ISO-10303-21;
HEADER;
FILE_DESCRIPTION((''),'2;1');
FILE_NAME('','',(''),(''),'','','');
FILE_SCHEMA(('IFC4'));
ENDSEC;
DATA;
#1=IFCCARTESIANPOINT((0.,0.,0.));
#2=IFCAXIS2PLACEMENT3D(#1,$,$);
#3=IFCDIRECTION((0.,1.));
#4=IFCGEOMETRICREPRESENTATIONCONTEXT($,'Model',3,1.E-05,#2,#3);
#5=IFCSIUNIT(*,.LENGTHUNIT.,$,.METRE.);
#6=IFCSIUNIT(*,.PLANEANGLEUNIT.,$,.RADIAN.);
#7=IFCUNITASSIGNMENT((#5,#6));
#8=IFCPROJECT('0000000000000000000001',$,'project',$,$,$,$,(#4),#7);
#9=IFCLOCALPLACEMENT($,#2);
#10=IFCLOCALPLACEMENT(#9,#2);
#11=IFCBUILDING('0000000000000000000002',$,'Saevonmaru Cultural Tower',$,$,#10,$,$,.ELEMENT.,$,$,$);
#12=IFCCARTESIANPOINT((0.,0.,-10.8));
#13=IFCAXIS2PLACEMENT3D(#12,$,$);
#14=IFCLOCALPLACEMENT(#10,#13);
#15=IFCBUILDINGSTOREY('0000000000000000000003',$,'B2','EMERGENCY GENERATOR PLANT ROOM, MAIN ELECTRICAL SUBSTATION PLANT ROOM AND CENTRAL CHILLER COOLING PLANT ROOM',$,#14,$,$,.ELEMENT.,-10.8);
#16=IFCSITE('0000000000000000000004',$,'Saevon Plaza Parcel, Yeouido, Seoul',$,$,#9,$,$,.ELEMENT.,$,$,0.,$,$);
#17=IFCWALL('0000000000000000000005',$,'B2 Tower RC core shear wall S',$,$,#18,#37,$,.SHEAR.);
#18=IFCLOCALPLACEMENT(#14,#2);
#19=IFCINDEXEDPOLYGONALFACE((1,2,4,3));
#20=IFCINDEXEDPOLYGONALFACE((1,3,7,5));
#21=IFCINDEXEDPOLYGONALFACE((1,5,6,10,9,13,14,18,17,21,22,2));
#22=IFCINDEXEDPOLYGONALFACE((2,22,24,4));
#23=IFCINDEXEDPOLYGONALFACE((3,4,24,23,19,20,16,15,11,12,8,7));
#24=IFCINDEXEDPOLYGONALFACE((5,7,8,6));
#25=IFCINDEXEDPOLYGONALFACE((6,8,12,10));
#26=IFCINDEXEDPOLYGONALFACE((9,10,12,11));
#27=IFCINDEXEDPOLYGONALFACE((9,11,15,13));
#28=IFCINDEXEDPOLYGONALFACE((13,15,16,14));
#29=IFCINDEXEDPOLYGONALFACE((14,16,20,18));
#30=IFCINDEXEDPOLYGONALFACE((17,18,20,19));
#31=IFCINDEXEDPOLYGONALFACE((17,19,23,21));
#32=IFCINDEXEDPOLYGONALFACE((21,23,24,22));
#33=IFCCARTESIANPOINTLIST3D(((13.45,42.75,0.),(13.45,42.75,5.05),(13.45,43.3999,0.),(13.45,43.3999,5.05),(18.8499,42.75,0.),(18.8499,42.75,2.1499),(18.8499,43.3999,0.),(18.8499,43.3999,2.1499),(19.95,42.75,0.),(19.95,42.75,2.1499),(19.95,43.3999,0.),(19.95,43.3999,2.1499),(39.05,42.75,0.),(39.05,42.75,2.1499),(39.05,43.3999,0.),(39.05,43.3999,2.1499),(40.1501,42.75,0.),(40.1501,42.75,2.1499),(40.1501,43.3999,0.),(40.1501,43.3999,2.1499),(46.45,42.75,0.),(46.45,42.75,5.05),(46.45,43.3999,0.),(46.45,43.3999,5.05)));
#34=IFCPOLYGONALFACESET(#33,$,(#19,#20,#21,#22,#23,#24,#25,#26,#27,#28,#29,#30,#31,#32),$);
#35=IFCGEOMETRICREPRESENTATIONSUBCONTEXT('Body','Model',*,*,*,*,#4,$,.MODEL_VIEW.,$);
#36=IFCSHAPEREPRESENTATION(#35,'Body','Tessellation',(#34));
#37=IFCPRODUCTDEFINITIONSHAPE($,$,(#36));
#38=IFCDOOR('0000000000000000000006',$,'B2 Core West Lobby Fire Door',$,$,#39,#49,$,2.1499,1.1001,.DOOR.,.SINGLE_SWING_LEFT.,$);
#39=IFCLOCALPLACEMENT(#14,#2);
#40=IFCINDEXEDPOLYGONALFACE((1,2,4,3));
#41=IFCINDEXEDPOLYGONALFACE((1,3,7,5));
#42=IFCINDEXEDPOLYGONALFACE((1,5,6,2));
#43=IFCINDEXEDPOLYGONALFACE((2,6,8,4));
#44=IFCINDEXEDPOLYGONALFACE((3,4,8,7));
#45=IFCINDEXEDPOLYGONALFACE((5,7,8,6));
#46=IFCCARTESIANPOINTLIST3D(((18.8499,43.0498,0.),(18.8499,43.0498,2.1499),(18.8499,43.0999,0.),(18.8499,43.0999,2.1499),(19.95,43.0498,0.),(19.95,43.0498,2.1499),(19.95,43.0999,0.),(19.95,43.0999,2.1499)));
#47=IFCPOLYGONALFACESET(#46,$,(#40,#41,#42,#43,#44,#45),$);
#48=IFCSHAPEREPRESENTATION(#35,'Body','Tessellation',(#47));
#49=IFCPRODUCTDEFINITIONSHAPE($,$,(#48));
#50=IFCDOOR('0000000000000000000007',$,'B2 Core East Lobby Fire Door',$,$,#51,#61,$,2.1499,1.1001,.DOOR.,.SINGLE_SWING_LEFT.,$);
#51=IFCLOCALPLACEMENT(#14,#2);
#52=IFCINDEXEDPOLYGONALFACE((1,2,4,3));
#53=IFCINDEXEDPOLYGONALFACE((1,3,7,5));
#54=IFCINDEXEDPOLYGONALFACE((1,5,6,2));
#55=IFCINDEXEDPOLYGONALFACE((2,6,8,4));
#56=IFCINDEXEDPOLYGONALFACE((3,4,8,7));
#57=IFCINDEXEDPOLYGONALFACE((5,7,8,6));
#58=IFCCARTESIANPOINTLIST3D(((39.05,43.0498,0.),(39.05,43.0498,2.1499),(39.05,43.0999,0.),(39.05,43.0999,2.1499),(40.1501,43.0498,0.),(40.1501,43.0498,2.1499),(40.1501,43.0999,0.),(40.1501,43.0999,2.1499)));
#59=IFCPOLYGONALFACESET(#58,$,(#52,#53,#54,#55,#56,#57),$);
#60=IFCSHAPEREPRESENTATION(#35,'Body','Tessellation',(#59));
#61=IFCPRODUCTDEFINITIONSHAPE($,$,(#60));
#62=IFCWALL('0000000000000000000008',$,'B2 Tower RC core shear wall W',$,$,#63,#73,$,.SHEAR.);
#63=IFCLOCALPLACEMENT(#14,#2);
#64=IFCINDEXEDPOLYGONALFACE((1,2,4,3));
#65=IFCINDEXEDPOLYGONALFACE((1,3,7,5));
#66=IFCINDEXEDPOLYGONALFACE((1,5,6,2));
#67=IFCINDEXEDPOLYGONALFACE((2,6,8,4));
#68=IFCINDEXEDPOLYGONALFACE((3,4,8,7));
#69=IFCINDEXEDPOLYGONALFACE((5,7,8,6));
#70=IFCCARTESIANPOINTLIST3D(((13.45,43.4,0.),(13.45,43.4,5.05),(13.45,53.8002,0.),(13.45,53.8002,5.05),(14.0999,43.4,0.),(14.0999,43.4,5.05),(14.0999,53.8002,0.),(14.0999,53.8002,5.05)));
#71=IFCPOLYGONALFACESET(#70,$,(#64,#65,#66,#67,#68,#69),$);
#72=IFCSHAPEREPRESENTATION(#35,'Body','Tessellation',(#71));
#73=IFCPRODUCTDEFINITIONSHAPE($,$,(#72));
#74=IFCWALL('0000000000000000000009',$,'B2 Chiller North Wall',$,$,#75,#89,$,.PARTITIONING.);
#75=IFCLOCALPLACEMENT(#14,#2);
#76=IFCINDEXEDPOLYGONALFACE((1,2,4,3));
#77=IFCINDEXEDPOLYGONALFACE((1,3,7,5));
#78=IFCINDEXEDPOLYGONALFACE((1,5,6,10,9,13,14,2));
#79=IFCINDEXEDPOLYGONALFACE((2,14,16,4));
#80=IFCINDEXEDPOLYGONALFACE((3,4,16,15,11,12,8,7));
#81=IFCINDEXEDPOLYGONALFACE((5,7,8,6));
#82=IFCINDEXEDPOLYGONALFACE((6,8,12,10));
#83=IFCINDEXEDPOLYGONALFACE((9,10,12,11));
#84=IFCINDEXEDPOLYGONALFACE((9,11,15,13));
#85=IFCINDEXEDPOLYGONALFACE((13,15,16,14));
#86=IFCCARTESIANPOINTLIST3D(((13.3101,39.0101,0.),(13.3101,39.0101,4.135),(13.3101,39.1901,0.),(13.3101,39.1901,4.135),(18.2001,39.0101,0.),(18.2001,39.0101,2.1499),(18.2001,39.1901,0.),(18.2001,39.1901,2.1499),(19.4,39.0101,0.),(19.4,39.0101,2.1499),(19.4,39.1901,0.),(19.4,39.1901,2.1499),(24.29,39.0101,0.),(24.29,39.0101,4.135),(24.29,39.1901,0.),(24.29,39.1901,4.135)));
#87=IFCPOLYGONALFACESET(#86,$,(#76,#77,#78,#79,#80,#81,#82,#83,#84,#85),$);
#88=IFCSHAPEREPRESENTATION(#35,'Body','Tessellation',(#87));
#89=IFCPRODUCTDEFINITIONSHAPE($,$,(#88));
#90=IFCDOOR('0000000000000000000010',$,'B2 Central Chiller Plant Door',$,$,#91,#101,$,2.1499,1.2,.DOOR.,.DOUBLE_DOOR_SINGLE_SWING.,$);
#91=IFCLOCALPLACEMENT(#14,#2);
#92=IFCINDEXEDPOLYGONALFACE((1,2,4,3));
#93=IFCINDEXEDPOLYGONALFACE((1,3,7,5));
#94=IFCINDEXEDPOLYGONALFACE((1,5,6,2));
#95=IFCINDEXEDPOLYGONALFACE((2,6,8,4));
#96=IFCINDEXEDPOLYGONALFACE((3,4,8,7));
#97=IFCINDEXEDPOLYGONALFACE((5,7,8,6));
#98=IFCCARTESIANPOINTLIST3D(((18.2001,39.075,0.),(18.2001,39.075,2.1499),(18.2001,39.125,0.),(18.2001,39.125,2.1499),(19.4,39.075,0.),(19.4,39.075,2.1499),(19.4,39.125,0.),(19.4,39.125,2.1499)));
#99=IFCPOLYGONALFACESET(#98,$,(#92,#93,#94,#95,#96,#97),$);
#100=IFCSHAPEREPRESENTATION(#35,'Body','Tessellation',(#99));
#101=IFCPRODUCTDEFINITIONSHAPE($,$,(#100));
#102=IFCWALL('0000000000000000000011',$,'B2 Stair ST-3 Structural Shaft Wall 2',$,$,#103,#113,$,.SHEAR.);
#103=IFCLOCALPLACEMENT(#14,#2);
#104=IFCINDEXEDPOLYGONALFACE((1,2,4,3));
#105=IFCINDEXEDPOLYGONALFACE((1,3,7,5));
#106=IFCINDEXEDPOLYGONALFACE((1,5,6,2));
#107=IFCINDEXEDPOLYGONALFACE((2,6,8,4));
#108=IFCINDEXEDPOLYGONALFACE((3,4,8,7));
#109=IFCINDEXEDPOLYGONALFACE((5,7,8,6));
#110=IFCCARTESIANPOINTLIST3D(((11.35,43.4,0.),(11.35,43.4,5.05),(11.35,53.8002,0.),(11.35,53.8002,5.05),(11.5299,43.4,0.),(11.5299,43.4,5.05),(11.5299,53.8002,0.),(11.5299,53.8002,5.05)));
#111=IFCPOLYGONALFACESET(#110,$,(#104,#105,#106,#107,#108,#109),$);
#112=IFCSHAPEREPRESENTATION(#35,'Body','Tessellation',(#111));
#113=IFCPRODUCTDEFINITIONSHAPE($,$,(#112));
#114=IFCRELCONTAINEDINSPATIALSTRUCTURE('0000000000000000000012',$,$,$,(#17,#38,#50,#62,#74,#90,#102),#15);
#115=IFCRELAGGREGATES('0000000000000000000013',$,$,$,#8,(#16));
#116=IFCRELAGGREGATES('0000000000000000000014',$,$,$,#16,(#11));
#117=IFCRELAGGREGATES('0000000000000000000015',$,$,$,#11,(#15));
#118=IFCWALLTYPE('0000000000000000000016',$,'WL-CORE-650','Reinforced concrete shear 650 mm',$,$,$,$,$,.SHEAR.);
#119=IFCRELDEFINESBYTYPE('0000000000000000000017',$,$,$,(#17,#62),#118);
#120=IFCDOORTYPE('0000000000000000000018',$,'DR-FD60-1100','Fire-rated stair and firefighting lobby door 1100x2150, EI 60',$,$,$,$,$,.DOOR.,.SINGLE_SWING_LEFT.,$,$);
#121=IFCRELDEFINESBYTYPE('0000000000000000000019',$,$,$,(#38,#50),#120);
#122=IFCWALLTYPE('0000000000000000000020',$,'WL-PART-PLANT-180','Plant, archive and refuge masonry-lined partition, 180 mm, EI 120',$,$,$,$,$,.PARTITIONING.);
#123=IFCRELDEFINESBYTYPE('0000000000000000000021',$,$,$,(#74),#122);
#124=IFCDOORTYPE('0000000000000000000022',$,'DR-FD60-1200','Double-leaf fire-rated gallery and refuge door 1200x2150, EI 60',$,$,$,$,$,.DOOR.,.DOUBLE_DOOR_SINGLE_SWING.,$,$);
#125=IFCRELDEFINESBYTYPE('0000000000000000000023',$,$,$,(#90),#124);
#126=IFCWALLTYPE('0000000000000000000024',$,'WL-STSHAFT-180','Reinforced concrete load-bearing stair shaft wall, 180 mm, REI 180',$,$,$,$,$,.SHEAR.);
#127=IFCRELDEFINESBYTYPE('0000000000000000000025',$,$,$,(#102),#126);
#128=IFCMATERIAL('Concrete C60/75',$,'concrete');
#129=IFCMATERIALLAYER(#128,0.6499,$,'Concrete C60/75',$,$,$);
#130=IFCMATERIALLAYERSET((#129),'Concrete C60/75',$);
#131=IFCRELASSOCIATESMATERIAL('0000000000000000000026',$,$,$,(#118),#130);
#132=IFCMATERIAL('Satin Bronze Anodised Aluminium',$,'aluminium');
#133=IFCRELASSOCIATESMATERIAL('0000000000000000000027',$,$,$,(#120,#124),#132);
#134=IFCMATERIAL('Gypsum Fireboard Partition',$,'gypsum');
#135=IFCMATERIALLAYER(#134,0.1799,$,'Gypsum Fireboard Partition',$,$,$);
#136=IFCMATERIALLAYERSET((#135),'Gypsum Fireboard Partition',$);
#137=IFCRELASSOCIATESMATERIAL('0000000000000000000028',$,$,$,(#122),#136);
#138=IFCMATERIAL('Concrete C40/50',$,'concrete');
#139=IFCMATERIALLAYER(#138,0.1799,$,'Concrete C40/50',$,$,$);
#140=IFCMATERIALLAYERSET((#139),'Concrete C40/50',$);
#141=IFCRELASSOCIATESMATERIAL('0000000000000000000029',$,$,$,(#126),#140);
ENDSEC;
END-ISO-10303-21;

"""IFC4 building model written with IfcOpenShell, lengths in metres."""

from ifc_helpers import new_model, si_unit, direction, frame, frame_2d, origin, place, context, subcontext, project, spatial, rectangle, extrude, material, layer, layer_set, type_object, element, fill, save


model = new_model("IFC4")

# Units and contexts
model_context = context("Model", 3, precision=1e-05, world=origin(), true_north=direction((0.0, 1.0)))
body_context = subcontext(model_context, "Body", "Model", "MODEL_VIEW")
ifc_project = project(units=[si_unit("LENGTHUNIT", "METRE"), si_unit("PLANEANGLEUNIT", "RADIAN")], contexts=[model_context])

# Site, building, storey
site_placement = place(None, origin())
site = spatial("IfcSite", under=ifc_project, at=site_placement, Name="Saevon Plaza Parcel, Yeouido, Seoul", CompositionType="ELEMENT", RefElevation=0.0)
building_placement = place(site_placement, origin())
building = spatial("IfcBuilding", under=site, at=building_placement, Name="Saevonmaru Cultural Tower", CompositionType="ELEMENT")
storey_placement = place(building_placement, frame((0.0, 0.0, -10.8)))
storey = spatial("IfcBuildingStorey", under=building, at=storey_placement, Name="B2", Description="EMERGENCY GENERATOR PLANT ROOM, MAIN ELECTRICAL SUBSTATION PLANT ROOM AND CENTRAL CHILLER COOLING PLANT ROOM", CompositionType="ELEMENT", Elevation=-10.8)

# Shared definitions
ifc_material_1 = material(Name="Concrete C60/75", Category="concrete")

# Shared definitions
ifc_material_2 = material(Name="Concrete C40/50", Category="concrete")

# Wall, openings, doors
ifc_layer_1 = layer(ifc_material_1, 0.6499, Name="Concrete C60/75")
ifc_layer_set_1 = layer_set([ifc_layer_1], Name="Concrete C60/75")
wall_type_1 = type_object("IfcWallType", Name="WL-CORE-650", Description="Reinforced concrete shear 650 mm", PredefinedType="SHEAR", material=ifc_layer_set_1)
wall_1_placement = place(storey_placement, frame((13.45, 43.075, 0.0), z_axis=(0.0, 0.0, 1.0), x_axis=(1.0, 0.0, 0.0)))
wall_1 = element("IfcWall", 1, at=wall_1_placement, inside=storey, type_object=wall_type_1, Name="B2 Tower RC core shear wall S", PredefinedType="SHEAR", context=body_context, shape_type="SweptSolid", body=[
    extrude(rectangle(XDim=33.0, YDim=0.6499, at=frame_2d((16.5, 0.0))), origin(), (0.0, 0.0, 1.0), 5.05),
])
opening_1_placement = place(wall_1_placement, frame((5.3999, 0.0, 0.0)))
opening_1 = element("IfcOpeningElement", 2, at=opening_1_placement, cuts=wall_1, PredefinedType="OPENING", context=body_context, shape_type="SweptSolid", body=[
    extrude(rectangle(XDim=1.1001, YDim=2.1499, at=frame_2d((0.55, 1.075))), frame((0.0, 0.335, 0.0), z_axis=(0.0, -1.0, 0.0), x_axis=(1.0, 0.0, 0.0)), (0.0, 0.0, 1.0), 0.6699),
])
opening_2_placement = place(wall_1_placement, frame((25.6001, 0.0, 0.0)))
opening_2 = element("IfcOpeningElement", 3, at=opening_2_placement, cuts=wall_1, PredefinedType="OPENING", context=body_context, shape_type="SweptSolid", body=[
    extrude(rectangle(XDim=1.1001, YDim=2.1499, at=frame_2d((0.55, 1.075))), frame((0.0, 0.335, 0.0), z_axis=(0.0, -1.0, 0.0), x_axis=(1.0, 0.0, 0.0)), (0.0, 0.0, 1.0), 0.6699),
])
ifc_material_3 = material(Name="Satin Bronze Anodised Aluminium", Category="aluminium")
door_type_1 = type_object("IfcDoorType", Name="DR-FD60-1100", Description="Fire-rated stair and firefighting lobby door 1100x2150, EI 60", OperationType="SINGLE_SWING_LEFT", PredefinedType="DOOR", material=ifc_material_3)
door_1_placement = place(opening_1_placement, origin())
door_1 = element("IfcDoor", 4, at=door_1_placement, inside=storey, type_object=door_type_1, Name="B2 Core West Lobby Fire Door", OperationType="SINGLE_SWING_LEFT", OverallHeight=2.1499, OverallWidth=1.1001, PredefinedType="DOOR", context=body_context, shape_type="SweptSolid", body=[
    extrude(rectangle(XDim=1.1001, YDim=2.1499, at=frame_2d((0.55, 1.075))), frame((0.0, 0.0249, 0.0), z_axis=(0.0, -1.0, 0.0), x_axis=(1.0, 0.0, 0.0)), (0.0, 0.0, 1.0), 0.05),
])
fill(opening_1, door_1)
door_2_placement = place(opening_2_placement, origin())
door_2 = element("IfcDoor", 5, at=door_2_placement, inside=storey, type_object=door_type_1, Name="B2 Core East Lobby Fire Door", OperationType="SINGLE_SWING_LEFT", OverallHeight=2.1499, OverallWidth=1.1001, PredefinedType="DOOR", context=body_context, shape_type="SweptSolid", body=[
    extrude(rectangle(XDim=1.1001, YDim=2.1499, at=frame_2d((0.55, 1.075))), frame((0.0, 0.0249, 0.0), z_axis=(0.0, -1.0, 0.0), x_axis=(1.0, 0.0, 0.0)), (0.0, 0.0, 1.0), 0.05),
])
fill(opening_2, door_2)

# Wall
wall_2_placement = place(storey_placement, frame((13.7749, 43.3999, 0.0), z_axis=(0.0, 0.0, 1.0), x_axis=(0.0, 1.0, 0.0)))
element("IfcWall", 6, at=wall_2_placement, inside=storey, type_object=wall_type_1, Name="B2 Tower RC core shear wall W", PredefinedType="SHEAR", context=body_context, shape_type="SweptSolid", body=[
    extrude(rectangle(XDim=10.4001, YDim=0.6499, at=frame_2d((5.2002, 0.0))), origin(), (0.0, 0.0, 1.0), 5.05),
])

# Wall, opening, door
ifc_material_4 = material(Name="Gypsum Fireboard Partition", Category="gypsum")
ifc_layer_2 = layer(ifc_material_4, 0.1799, Name="Gypsum Fireboard Partition")
ifc_layer_set_2 = layer_set([ifc_layer_2], Name="Gypsum Fireboard Partition")
wall_type_2 = type_object("IfcWallType", Name="WL-PART-PLANT-180", Description="Plant, archive and refuge masonry-lined partition, 180 mm, EI 120", PredefinedType="PARTITIONING", material=ifc_layer_set_2)
wall_3_placement = place(storey_placement, frame((13.3101, 39.1001, 0.0), z_axis=(0.0, 0.0, 1.0), x_axis=(1.0, 0.0, 0.0)))
wall_3 = element("IfcWall", 7, at=wall_3_placement, inside=storey, type_object=wall_type_2, Name="B2 Chiller North Wall", PredefinedType="PARTITIONING", context=body_context, shape_type="SweptSolid", body=[
    extrude(rectangle(XDim=10.98, YDim=0.1799, at=frame_2d((5.49, 0.0))), origin(), (0.0, 0.0, 1.0), 4.135),
])
opening_3_placement = place(wall_3_placement, frame((4.8899, 0.0, 0.0)))
opening_3 = element("IfcOpeningElement", 8, at=opening_3_placement, cuts=wall_3, PredefinedType="OPENING", context=body_context, shape_type="SweptSolid", body=[
    extrude(rectangle(XDim=1.2, YDim=2.1499, at=frame_2d((0.6001, 1.075))), frame((0.0, 0.1001, 0.0), z_axis=(0.0, -1.0, 0.0), x_axis=(1.0, 0.0, 0.0)), (0.0, 0.0, 1.0), 0.2),
])
door_type_2 = type_object("IfcDoorType", Name="DR-FD60-1200", Description="Double-leaf fire-rated gallery and refuge door 1200x2150, EI 60", OperationType="DOUBLE_DOOR_SINGLE_SWING", PredefinedType="DOOR", material=ifc_material_3)
door_3_placement = place(opening_3_placement, origin())
door_3 = element("IfcDoor", 9, at=door_3_placement, inside=storey, type_object=door_type_2, Name="B2 Central Chiller Plant Door", OperationType="DOUBLE_DOOR_SINGLE_SWING", OverallHeight=2.1499, OverallWidth=1.2, PredefinedType="DOOR", context=body_context, shape_type="SweptSolid", body=[
    extrude(rectangle(XDim=1.2, YDim=2.1499, at=frame_2d((0.6001, 1.075))), frame((0.0, 0.0249, 0.0), z_axis=(0.0, -1.0, 0.0), x_axis=(1.0, 0.0, 0.0)), (0.0, 0.0, 1.0), 0.05),
])
fill(opening_3, door_3)
ifc_layer_3 = layer(ifc_material_2, 0.1799, Name="Concrete C40/50")
ifc_layer_set_3 = layer_set([ifc_layer_3], Name="Concrete C40/50")
wall_type_3 = type_object("IfcWallType", Name="WL-STSHAFT-180", Description="Reinforced concrete load-bearing stair shaft wall, 180 mm, REI 180", PredefinedType="SHEAR", material=ifc_layer_set_3)

# Wall
wall_4_placement = place(storey_placement, frame((11.4399, 43.3999, 0.0), z_axis=(0.0, 0.0, 1.0), x_axis=(0.0, 1.0, 0.0)))
element("IfcWall", 10, at=wall_4_placement, inside=storey, type_object=wall_type_3, Name="B2 Stair ST-3 Structural Shaft Wall 2", PredefinedType="SHEAR", context=body_context, shape_type="SweptSolid", body=[
    extrude(rectangle(XDim=10.4001, YDim=0.1799, at=frame_2d((5.2002, 0.0))), origin(), (0.0, 0.0, 1.0), 5.05),
])

save(model, "model.ifc")
